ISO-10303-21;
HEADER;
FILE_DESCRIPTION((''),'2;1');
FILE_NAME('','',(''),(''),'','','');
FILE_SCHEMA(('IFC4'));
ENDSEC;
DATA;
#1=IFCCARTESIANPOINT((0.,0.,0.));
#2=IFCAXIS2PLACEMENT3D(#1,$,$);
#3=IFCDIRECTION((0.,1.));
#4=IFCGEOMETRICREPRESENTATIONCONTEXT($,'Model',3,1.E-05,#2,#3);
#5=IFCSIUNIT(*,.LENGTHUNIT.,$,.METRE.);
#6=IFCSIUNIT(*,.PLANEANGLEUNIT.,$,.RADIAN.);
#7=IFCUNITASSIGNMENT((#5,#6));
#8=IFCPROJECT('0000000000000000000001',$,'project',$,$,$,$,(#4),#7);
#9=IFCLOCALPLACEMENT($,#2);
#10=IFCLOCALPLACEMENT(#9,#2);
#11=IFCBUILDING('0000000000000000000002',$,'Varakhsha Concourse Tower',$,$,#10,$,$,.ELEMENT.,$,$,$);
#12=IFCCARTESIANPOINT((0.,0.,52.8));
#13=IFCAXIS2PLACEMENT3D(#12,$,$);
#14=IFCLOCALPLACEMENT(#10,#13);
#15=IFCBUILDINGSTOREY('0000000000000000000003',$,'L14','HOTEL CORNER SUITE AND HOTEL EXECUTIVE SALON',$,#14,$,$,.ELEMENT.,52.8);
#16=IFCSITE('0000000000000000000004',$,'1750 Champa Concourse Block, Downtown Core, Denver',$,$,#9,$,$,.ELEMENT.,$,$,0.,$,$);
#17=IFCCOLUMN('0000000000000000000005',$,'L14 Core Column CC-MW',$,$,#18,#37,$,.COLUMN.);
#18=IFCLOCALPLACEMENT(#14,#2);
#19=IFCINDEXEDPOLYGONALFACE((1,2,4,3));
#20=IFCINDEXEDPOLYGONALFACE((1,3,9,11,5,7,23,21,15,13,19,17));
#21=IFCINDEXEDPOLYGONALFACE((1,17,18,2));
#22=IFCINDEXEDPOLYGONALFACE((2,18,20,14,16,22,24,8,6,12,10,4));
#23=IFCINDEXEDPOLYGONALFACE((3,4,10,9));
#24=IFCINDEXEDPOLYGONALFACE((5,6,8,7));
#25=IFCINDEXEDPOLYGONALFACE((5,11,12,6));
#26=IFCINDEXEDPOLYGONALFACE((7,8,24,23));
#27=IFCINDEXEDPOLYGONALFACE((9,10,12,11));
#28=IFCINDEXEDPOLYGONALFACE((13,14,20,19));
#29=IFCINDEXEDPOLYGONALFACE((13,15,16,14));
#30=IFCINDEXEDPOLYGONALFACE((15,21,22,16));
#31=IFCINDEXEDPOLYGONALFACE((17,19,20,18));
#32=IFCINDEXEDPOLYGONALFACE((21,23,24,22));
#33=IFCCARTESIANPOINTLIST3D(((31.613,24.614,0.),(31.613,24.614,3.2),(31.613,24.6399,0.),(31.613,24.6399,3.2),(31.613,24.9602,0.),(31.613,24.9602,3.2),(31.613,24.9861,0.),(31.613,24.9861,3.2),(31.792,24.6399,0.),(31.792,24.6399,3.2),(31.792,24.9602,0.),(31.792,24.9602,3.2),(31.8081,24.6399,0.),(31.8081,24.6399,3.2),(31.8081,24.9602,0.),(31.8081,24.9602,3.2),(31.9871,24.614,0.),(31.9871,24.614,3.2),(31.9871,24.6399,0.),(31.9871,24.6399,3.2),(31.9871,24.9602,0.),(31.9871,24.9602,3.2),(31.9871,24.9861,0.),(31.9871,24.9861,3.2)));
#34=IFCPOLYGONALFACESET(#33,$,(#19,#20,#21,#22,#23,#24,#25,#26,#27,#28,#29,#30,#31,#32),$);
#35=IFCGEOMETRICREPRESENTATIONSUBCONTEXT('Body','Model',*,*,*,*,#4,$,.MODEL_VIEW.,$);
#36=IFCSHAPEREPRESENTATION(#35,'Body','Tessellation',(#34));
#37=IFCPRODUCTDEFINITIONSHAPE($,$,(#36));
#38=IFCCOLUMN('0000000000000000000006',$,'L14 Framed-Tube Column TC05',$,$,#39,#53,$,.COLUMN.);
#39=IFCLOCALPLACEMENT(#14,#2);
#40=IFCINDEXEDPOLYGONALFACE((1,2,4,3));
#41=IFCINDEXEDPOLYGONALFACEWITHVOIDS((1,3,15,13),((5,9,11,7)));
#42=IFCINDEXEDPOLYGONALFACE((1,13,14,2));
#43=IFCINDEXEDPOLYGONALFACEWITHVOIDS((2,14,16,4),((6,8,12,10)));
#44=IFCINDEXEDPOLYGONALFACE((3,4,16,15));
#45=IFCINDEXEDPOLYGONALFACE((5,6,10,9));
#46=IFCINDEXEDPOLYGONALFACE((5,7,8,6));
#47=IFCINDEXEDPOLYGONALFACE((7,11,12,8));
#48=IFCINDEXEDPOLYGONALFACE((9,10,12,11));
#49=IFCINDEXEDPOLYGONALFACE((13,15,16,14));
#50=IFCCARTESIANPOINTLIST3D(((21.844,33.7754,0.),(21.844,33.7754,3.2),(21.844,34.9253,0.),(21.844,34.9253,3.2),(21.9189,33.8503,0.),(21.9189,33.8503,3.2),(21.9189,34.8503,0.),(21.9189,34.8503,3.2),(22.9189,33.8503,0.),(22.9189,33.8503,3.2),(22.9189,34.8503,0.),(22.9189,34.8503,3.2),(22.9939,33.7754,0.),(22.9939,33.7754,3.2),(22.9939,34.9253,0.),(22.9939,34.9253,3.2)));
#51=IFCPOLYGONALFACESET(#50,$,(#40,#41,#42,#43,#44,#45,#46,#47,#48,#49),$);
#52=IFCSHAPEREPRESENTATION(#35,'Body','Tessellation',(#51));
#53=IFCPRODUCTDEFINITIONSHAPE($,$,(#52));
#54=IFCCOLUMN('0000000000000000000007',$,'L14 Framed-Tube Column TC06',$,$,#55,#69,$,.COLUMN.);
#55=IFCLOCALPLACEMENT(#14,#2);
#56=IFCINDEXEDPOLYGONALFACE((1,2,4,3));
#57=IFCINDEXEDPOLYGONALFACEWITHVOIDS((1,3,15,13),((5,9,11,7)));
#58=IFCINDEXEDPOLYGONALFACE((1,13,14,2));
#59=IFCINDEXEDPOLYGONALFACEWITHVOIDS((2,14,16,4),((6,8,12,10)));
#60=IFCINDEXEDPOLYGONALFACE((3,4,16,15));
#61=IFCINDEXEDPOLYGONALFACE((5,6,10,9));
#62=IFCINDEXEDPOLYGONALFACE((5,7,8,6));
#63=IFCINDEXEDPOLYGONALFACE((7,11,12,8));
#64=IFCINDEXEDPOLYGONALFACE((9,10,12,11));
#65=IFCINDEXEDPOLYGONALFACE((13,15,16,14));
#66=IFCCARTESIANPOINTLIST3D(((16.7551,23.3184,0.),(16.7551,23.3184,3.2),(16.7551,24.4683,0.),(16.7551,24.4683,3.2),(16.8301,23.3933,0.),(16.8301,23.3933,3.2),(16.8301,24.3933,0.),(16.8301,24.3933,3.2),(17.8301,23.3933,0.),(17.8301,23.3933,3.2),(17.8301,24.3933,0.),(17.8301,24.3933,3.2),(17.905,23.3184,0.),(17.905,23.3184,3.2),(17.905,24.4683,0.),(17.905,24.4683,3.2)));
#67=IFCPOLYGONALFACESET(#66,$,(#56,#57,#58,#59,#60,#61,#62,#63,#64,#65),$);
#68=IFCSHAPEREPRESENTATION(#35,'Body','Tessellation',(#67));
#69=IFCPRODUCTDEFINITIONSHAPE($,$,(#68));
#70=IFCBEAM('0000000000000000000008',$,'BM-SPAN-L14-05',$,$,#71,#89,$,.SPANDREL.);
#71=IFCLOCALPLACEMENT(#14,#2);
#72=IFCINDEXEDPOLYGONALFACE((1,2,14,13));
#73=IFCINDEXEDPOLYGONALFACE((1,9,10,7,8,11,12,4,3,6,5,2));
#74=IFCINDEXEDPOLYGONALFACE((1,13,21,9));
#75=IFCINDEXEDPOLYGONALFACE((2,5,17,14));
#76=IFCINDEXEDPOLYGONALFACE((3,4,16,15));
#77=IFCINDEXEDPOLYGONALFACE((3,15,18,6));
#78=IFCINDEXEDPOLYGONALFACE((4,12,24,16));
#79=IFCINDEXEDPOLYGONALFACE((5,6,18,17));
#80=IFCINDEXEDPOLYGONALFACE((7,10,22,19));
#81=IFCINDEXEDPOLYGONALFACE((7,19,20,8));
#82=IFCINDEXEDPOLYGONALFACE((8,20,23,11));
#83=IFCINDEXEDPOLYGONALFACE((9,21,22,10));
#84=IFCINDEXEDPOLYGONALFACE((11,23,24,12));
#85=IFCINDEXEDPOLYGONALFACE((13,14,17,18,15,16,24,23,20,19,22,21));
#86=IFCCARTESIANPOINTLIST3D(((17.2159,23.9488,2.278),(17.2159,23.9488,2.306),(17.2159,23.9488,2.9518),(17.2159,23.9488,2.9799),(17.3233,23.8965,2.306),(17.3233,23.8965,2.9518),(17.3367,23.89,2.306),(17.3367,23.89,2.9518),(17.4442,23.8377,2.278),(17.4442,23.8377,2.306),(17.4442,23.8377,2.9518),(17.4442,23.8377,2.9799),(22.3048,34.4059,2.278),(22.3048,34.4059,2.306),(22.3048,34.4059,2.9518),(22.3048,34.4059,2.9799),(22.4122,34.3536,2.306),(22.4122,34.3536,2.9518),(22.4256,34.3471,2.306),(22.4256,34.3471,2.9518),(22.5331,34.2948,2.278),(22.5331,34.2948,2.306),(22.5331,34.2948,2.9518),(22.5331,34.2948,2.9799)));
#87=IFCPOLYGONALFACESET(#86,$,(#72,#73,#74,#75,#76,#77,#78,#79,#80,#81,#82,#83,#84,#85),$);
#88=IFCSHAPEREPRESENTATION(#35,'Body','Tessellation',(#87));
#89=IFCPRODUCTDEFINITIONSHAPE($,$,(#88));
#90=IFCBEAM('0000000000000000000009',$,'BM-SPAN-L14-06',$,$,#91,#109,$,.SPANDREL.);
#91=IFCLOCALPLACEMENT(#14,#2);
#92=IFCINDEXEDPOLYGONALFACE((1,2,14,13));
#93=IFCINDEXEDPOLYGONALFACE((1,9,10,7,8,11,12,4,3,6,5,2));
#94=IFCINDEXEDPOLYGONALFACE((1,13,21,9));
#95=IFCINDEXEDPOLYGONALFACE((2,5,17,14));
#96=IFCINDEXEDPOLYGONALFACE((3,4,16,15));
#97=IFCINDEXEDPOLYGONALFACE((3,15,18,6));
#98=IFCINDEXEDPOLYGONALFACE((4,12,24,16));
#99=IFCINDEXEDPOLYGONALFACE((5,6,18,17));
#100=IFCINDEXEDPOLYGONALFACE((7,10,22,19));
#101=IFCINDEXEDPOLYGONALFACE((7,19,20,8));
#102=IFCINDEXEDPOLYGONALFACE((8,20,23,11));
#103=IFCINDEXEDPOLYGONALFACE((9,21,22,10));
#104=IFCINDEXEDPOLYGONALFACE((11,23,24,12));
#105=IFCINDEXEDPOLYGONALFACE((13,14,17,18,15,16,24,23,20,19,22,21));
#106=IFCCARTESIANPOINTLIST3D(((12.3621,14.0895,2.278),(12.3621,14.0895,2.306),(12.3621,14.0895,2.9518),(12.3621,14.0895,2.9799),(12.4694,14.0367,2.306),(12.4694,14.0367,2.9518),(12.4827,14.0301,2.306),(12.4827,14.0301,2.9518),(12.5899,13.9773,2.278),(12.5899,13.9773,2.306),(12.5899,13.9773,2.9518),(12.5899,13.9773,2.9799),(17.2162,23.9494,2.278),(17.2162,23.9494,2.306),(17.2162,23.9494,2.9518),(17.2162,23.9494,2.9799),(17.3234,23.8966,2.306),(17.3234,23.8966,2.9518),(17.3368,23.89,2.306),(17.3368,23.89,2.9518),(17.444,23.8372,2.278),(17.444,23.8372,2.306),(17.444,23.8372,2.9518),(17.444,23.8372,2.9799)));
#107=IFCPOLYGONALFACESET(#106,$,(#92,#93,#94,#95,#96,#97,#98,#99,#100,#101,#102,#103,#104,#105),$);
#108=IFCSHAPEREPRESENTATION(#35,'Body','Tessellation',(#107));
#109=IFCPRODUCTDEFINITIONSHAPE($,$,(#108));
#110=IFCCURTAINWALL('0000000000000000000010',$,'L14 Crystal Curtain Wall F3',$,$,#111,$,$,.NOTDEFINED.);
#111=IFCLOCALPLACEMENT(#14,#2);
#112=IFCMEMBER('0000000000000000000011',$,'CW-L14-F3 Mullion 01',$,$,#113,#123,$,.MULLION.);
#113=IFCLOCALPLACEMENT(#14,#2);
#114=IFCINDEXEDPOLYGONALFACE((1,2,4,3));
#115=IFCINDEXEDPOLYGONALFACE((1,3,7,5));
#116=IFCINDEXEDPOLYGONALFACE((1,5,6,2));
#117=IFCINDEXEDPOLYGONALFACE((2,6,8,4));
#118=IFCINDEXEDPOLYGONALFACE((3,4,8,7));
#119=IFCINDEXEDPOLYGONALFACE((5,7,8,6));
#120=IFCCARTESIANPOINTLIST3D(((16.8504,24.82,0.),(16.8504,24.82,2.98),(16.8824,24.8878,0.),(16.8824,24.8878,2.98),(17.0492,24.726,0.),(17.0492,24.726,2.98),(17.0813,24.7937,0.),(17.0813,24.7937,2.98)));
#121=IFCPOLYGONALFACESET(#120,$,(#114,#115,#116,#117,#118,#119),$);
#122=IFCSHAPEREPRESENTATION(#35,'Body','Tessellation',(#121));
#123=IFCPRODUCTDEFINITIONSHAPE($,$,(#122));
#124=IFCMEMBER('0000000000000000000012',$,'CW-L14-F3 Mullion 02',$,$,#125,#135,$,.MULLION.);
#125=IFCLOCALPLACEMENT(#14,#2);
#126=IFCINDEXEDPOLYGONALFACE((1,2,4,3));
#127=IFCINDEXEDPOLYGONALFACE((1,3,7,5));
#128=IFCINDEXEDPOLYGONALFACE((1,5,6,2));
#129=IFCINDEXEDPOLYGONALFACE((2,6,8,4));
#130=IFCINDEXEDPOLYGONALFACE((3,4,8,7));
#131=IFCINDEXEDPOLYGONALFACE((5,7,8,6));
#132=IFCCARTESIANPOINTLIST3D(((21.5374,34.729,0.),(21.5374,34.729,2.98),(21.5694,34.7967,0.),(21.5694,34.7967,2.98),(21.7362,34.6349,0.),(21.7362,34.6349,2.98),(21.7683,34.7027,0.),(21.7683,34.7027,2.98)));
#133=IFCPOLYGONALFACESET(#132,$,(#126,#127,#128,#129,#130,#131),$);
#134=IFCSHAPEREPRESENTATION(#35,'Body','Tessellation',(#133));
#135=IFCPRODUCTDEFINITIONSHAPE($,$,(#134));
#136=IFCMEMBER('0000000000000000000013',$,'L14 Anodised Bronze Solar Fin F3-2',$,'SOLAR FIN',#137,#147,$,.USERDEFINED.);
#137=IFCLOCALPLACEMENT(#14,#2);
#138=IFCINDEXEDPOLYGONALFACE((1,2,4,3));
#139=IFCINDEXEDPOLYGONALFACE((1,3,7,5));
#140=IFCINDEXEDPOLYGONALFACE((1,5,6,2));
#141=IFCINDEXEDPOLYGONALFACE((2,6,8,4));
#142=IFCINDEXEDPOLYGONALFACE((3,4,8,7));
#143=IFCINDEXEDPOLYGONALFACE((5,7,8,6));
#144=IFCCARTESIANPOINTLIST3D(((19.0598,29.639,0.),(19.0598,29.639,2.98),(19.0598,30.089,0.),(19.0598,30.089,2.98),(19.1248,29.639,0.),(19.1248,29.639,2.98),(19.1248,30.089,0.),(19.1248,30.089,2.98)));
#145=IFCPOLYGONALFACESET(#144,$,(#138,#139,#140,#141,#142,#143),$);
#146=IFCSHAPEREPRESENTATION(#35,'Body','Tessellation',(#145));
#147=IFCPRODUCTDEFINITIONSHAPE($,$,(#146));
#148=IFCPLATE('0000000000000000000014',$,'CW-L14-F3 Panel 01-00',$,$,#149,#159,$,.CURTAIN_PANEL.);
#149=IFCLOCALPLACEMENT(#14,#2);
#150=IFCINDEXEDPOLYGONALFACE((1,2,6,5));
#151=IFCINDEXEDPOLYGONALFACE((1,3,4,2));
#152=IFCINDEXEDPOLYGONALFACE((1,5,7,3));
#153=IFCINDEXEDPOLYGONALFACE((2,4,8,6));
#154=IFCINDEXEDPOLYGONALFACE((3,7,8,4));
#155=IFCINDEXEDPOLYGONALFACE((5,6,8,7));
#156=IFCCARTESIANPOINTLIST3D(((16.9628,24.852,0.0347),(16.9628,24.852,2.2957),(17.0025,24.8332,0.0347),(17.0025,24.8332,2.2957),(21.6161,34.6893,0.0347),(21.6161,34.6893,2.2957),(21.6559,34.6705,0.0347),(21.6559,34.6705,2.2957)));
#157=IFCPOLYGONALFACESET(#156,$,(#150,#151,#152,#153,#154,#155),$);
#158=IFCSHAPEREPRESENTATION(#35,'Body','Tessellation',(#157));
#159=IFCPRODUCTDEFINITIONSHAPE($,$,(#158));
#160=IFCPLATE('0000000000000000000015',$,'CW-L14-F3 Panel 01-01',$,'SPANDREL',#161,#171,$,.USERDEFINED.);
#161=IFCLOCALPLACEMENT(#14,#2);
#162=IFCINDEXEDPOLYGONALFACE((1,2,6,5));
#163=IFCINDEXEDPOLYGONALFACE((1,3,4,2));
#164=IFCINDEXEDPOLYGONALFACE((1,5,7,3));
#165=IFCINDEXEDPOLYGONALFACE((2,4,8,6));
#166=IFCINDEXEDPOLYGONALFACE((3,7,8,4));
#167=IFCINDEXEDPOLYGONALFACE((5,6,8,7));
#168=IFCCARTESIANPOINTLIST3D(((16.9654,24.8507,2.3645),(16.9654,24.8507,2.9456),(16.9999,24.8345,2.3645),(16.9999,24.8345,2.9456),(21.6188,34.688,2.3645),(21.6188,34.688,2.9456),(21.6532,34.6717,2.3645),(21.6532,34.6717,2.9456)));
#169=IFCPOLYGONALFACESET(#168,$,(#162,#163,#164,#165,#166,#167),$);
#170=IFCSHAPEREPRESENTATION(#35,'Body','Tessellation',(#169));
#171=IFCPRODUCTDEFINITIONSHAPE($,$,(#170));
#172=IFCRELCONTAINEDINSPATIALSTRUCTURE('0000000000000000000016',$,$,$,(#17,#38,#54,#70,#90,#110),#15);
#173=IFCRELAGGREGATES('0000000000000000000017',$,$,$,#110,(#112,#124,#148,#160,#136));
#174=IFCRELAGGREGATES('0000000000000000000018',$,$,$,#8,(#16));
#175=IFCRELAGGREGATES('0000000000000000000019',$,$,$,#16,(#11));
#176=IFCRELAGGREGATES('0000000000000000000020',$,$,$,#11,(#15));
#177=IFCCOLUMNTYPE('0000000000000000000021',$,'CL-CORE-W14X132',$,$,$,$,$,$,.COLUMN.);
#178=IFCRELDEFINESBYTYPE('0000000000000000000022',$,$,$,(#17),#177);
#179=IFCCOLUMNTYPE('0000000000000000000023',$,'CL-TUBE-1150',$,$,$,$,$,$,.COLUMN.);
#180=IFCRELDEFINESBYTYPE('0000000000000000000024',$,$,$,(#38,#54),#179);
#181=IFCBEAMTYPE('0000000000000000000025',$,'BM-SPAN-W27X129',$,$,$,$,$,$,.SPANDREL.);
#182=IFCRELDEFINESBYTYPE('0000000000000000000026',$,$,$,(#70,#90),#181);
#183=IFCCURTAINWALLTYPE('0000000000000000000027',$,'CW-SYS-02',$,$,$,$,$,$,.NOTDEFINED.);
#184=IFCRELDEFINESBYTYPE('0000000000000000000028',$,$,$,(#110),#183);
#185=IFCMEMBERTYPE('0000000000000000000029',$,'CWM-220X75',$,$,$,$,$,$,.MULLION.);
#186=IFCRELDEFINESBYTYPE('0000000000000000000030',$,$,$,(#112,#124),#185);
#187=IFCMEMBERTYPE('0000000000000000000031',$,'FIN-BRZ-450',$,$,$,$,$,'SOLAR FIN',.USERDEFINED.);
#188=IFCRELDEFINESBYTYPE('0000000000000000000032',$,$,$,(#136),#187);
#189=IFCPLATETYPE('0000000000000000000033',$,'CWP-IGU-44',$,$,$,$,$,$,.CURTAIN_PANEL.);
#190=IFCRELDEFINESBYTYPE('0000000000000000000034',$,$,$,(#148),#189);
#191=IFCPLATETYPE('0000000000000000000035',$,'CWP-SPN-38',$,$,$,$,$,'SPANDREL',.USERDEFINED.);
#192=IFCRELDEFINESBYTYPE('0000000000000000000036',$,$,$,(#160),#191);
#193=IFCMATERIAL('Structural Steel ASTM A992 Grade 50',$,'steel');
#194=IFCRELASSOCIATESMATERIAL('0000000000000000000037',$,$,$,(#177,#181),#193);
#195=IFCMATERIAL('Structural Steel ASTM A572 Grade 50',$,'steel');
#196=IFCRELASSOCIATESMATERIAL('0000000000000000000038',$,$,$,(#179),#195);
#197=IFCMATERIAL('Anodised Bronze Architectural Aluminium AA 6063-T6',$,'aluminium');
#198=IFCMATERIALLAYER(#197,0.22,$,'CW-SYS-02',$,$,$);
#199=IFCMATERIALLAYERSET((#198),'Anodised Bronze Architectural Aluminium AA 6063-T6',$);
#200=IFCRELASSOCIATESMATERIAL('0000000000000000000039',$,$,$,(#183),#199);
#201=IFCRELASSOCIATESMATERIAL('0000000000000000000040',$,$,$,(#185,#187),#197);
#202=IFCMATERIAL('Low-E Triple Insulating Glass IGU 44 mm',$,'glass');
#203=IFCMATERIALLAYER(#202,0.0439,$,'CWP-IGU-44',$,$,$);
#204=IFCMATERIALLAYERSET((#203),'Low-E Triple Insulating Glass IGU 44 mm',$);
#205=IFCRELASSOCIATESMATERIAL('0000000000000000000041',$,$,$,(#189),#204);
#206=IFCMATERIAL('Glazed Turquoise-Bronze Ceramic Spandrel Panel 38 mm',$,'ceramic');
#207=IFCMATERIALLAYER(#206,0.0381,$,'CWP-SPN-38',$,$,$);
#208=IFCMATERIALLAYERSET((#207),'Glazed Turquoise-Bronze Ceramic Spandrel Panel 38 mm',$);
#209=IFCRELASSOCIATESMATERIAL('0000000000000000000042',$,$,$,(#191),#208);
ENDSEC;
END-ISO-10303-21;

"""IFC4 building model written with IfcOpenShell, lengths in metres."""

from ifc_helpers import new_model, si_unit, direction, frame, origin, origin_2d, place, context, subcontext, project, spatial, rectangle, hollow_rectangle, i_section, extrude, source, transform, mapped, material, layer, layer_set, material_profile, profile_set, type_object, type_shapes, element, aggregate, save


model = new_model("IFC4")

# Units and contexts
model_context = context("Model", 3, precision=1e-05, world=origin(), true_north=direction((0.0, 1.0)))
body_context = subcontext(model_context, "Body", "Model", "MODEL_VIEW")
ifc_project = project(units=[si_unit("LENGTHUNIT", "METRE"), si_unit("PLANEANGLEUNIT", "RADIAN")], contexts=[model_context])

# Site, building, storey
site_placement = place(None, origin())
site = spatial("IfcSite", under=ifc_project, at=site_placement, Name="1750 Champa Concourse Block, Downtown Core, Denver", CompositionType="ELEMENT", RefElevation=0.0)
building_placement = place(site_placement, origin())
building = spatial("IfcBuilding", under=site, at=building_placement, Name="Varakhsha Concourse Tower", CompositionType="ELEMENT")
storey_placement = place(building_placement, frame((0.0, 0.0, 52.8)))
storey = spatial("IfcBuildingStorey", under=building, at=storey_placement, Name="L14", Description="HOTEL CORNER SUITE AND HOTEL EXECUTIVE SALON", CompositionType="ELEMENT", Elevation=52.8)

# Columns
ifc_material_1 = material(Name="Structural Steel ASTM A992 Grade 50", Category="steel")
ifc_material_profile_1 = material_profile(ifc_material_1, i_section(OverallWidth=0.374, OverallDepth=0.3721, WebThickness=0.0161, FlangeThickness=0.0259, at=origin_2d()), Name="W14X132")
ifc_profile_set_1 = profile_set([ifc_material_profile_1], Name="Structural Steel ASTM A992 Grade 50")
column_type_1 = type_object("IfcColumnType", Name="CL-CORE-W14X132", PredefinedType="COLUMN", material=ifc_profile_set_1)
column_placement = place(storey_placement, frame((31.8, 24.8, 0.0), z_axis=(0.0, 0.0, 1.0), x_axis=(1.0, 0.0, 0.0)))
element("IfcColumn", 1, at=column_placement, inside=storey, type_object=column_type_1, Name="L14 Core Column CC-MW", PredefinedType="COLUMN", context=body_context, shape_type="SweptSolid", body=[
    extrude(i_section(OverallWidth=0.374, OverallDepth=0.3721, WebThickness=0.0161, FlangeThickness=0.0259, at=origin_2d()), origin(), (0.0, 0.0, 1.0), 3.2),
])
ifc_material_2 = material(Name="Structural Steel ASTM A572 Grade 50", Category="steel")
ifc_material_profile_2 = material_profile(ifc_material_2, hollow_rectangle(XDim=1.1499, YDim=1.1499, WallThickness=0.075, at=origin_2d()), Name="BOX 1150x1150x75")
ifc_profile_set_2 = profile_set([ifc_material_profile_2], Name="Structural Steel ASTM A572 Grade 50")
column_type_2 = type_object("IfcColumnType", Name="CL-TUBE-1150", PredefinedType="COLUMN", material=ifc_profile_set_2)
for number, where, z_axis, x_axis, name in (
    (2, (22.4189, 34.3503, 0.0), (0.0, 0.0, 1.0), (1.0, 0.0, 0.0), "L14 Framed-Tube Column TC05"),
    (3, (17.3301, 23.8933, 0.0), (0.0, 0.0, 1.0), (1.0, 0.0, 0.0), "L14 Framed-Tube Column TC06"),
):
    element("IfcColumn", number, at=place(storey_placement, frame(where, z_axis=z_axis, x_axis=x_axis)), inside=storey, type_object=column_type_2, Name=name, PredefinedType="COLUMN", context=body_context, shape_type="SweptSolid", body=[
        extrude(hollow_rectangle(XDim=1.1499, YDim=1.1499, WallThickness=0.075, at=origin_2d()), origin(), (0.0, 0.0, 1.0), 3.2),
    ])

# Beams
ifc_material_profile_3 = material_profile(ifc_material_1, i_section(OverallWidth=0.2539, OverallDepth=0.7019, WebThickness=0.0149, FlangeThickness=0.0281, at=origin_2d()), Name="W27X129")
ifc_profile_set_3 = profile_set([ifc_material_profile_3], Name="Structural Steel ASTM A992 Grade 50")
beam_type = type_object("IfcBeamType", Name="BM-SPAN-W27X129", PredefinedType="SPANDREL", material=ifc_profile_set_3)
beam_1_placement = place(storey_placement, frame((22.4189, 34.3503, 2.6289), z_axis=(-0.437581, -0.899179, 0.0), x_axis=(0.899179, -0.437581, 0.0)))
element("IfcBeam", 4, at=beam_1_placement, inside=storey, type_object=beam_type, Name="BM-SPAN-L14-05", PredefinedType="SPANDREL", context=body_context, shape_type="SweptSolid", body=[
    extrude(i_section(OverallWidth=0.2539, OverallDepth=0.7019, WebThickness=0.0149, FlangeThickness=0.0281, at=origin_2d()), origin(), (0.0, 0.0, 1.0), 11.6296),
])
beam_2_placement = place(storey_placement, frame((17.3301, 23.8933, 2.6289), z_axis=(-0.441678, -0.897174, 0.0), x_axis=(0.897174, -0.441678, 0.0)))
element("IfcBeam", 5, at=beam_2_placement, inside=storey, type_object=beam_type, Name="BM-SPAN-L14-06", PredefinedType="SPANDREL", context=body_context, shape_type="SweptSolid", body=[
    extrude(i_section(OverallWidth=0.2539, OverallDepth=0.7019, WebThickness=0.0149, FlangeThickness=0.0281, at=origin_2d()), origin(), (0.0, 0.0, 1.0), 10.99),
])

# Curtain wall, members, plates
ifc_material_3 = material(Name="Anodised Bronze Architectural Aluminium AA 6063-T6", Category="aluminium")
ifc_layer_1 = layer(ifc_material_3, 0.22, Name="CW-SYS-02")
ifc_layer_set_1 = layer_set([ifc_layer_1], Name="Anodised Bronze Architectural Aluminium AA 6063-T6")
curtain_wall_type = type_object("IfcCurtainWallType", Name="CW-SYS-02", PredefinedType="NOTDEFINED", material=ifc_layer_set_1)
curtain_wall_placement = place(storey_placement, origin())
curtain_wall = element("IfcCurtainWall", 6, at=curtain_wall_placement, inside=storey, type_object=curtain_wall_type, Name="L14 Crystal Curtain Wall F3", PredefinedType="NOTDEFINED")
ifc_material_profile_4 = material_profile(ifc_material_3, rectangle(XDim=0.075, YDim=0.22, at=origin_2d()), Name="CWM-220X75")
ifc_profile_set_4 = profile_set([ifc_material_profile_4], Name="Anodised Bronze Architectural Aluminium AA 6063-T6")
member_type_1 = type_object("IfcMemberType", Name="CWM-220X75", PredefinedType="MULLION", material=ifc_profile_set_4)
shared_shape_1 = source(origin(), body_context, "Body", "SweptSolid", [
    extrude(rectangle(XDim=0.075, YDim=0.22, at=origin_2d()), origin(), (0.0, 0.0, 1.0), 2.98),
])
type_shapes(member_type_1, [shared_shape_1])
member_1_placement = place(storey_placement, frame((16.9658, 24.8069, 0.0), z_axis=(0.0, 0.0, 1.0), x_axis=(0.427604, 0.903966, 0.0)))
member_1 = element("IfcMember", 7, at=member_1_placement, type_object=member_type_1, Name="CW-L14-F3 Mullion 01", PredefinedType="MULLION", context=body_context, shape_type="MappedRepresentation", body=[
    mapped(shared_shape_1, transform((0.0, 0.0, 0.0), scale=1.0)),
])
member_2_placement = place(storey_placement, frame((21.6528, 34.7158, 0.0), z_axis=(0.0, 0.0, 1.0), x_axis=(0.427604, 0.903966, 0.0)))
member_2 = element("IfcMember", 8, at=member_2_placement, type_object=member_type_1, Name="CW-L14-F3 Mullion 02", PredefinedType="MULLION", context=body_context, shape_type="MappedRepresentation", body=[
    mapped(shared_shape_1, transform((0.0, 0.0, 0.0), scale=1.0)),
])
ifc_material_profile_5 = material_profile(ifc_material_3, rectangle(XDim=0.0649, YDim=0.45, at=origin_2d()), Name="FIN-BRZ-450")
ifc_profile_set_5 = profile_set([ifc_material_profile_5], Name="Anodised Bronze Architectural Aluminium AA 6063-T6")
member_type_2 = type_object("IfcMemberType", Name="FIN-BRZ-450", ElementType="SOLAR FIN", PredefinedType="USERDEFINED", material=ifc_profile_set_5)
shared_shape_2 = source(origin(), body_context, "Body", "SweptSolid", [
    extrude(rectangle(XDim=0.0649, YDim=0.45, at=origin_2d()), origin(), (0.0, 0.0, 1.0), 2.98),
])
type_shapes(member_type_2, [shared_shape_2])
member_3_placement = place(storey_placement, frame((19.0923, 29.864, 0.0), z_axis=(0.0, 0.0, 1.0), x_axis=(1.0, 0.0, 0.0)))
member_3 = element("IfcMember", 9, at=member_3_placement, type_object=member_type_2, Name="L14 Anodised Bronze Solar Fin F3-2", ObjectType="SOLAR FIN", PredefinedType="USERDEFINED", context=body_context, shape_type="MappedRepresentation", body=[
    mapped(shared_shape_2, transform((0.0, 0.0, 0.0), scale=1.0)),
])
ifc_material_4 = material(Name="Low-E Triple Insulating Glass IGU 44 mm", Category="glass")
ifc_layer_2 = layer(ifc_material_4, 0.0439, Name="CWP-IGU-44")
ifc_layer_set_2 = layer_set([ifc_layer_2], Name="Low-E Triple Insulating Glass IGU 44 mm")
plate_type_1 = type_object("IfcPlateType", Name="CWP-IGU-44", PredefinedType="CURTAIN_PANEL", material=ifc_layer_set_2)
shared_shape_3 = source(origin(), body_context, "Body", "SweptSolid", [
    extrude(rectangle(XDim=10.8823, YDim=0.0439, at=origin_2d()), origin(), (0.0, 0.0, 1.0), 2.261),
])
type_shapes(plate_type_1, [shared_shape_3])
plate_1_placement = place(storey_placement, frame((19.3093, 29.7612, 0.0347), z_axis=(0.0, 0.0, 1.0), x_axis=(0.427604, 0.903966, 0.0)))
plate_1 = element("IfcPlate", 10, at=plate_1_placement, type_object=plate_type_1, Name="CW-L14-F3 Panel 01-00", PredefinedType="CURTAIN_PANEL", context=body_context, shape_type="MappedRepresentation", body=[
    mapped(shared_shape_3, transform((0.0, 0.0, 0.0), scale=1.0)),
])
ifc_material_5 = material(Name="Glazed Turquoise-Bronze Ceramic Spandrel Panel 38 mm", Category="ceramic")
ifc_layer_3 = layer(ifc_material_5, 0.0381, Name="CWP-SPN-38")
ifc_layer_set_3 = layer_set([ifc_layer_3], Name="Glazed Turquoise-Bronze Ceramic Spandrel Panel 38 mm")
plate_type_2 = type_object("IfcPlateType", Name="CWP-SPN-38", ElementType="SPANDREL", PredefinedType="USERDEFINED", material=ifc_layer_set_3)
shared_shape_4 = source(origin(), body_context, "Body", "SweptSolid", [
    extrude(rectangle(XDim=10.8823, YDim=0.0381, at=origin_2d()), origin(), (0.0, 0.0, 1.0), 0.5811),
])
type_shapes(plate_type_2, [shared_shape_4])
plate_2_placement = place(storey_placement, frame((19.3093, 29.7612, 2.3645), z_axis=(0.0, 0.0, 1.0), x_axis=(0.427604, 0.903966, 0.0)))
plate_2 = element("IfcPlate", 11, at=plate_2_placement, type_object=plate_type_2, Name="CW-L14-F3 Panel 01-01", ObjectType="SPANDREL", PredefinedType="USERDEFINED", context=body_context, shape_type="MappedRepresentation", body=[
    mapped(shared_shape_4, transform((0.0, 0.0, 0.0), scale=1.0)),
])
aggregate(curtain_wall, [member_1, member_2, plate_1, plate_2, member_3])

save(model, "model.ifc")
